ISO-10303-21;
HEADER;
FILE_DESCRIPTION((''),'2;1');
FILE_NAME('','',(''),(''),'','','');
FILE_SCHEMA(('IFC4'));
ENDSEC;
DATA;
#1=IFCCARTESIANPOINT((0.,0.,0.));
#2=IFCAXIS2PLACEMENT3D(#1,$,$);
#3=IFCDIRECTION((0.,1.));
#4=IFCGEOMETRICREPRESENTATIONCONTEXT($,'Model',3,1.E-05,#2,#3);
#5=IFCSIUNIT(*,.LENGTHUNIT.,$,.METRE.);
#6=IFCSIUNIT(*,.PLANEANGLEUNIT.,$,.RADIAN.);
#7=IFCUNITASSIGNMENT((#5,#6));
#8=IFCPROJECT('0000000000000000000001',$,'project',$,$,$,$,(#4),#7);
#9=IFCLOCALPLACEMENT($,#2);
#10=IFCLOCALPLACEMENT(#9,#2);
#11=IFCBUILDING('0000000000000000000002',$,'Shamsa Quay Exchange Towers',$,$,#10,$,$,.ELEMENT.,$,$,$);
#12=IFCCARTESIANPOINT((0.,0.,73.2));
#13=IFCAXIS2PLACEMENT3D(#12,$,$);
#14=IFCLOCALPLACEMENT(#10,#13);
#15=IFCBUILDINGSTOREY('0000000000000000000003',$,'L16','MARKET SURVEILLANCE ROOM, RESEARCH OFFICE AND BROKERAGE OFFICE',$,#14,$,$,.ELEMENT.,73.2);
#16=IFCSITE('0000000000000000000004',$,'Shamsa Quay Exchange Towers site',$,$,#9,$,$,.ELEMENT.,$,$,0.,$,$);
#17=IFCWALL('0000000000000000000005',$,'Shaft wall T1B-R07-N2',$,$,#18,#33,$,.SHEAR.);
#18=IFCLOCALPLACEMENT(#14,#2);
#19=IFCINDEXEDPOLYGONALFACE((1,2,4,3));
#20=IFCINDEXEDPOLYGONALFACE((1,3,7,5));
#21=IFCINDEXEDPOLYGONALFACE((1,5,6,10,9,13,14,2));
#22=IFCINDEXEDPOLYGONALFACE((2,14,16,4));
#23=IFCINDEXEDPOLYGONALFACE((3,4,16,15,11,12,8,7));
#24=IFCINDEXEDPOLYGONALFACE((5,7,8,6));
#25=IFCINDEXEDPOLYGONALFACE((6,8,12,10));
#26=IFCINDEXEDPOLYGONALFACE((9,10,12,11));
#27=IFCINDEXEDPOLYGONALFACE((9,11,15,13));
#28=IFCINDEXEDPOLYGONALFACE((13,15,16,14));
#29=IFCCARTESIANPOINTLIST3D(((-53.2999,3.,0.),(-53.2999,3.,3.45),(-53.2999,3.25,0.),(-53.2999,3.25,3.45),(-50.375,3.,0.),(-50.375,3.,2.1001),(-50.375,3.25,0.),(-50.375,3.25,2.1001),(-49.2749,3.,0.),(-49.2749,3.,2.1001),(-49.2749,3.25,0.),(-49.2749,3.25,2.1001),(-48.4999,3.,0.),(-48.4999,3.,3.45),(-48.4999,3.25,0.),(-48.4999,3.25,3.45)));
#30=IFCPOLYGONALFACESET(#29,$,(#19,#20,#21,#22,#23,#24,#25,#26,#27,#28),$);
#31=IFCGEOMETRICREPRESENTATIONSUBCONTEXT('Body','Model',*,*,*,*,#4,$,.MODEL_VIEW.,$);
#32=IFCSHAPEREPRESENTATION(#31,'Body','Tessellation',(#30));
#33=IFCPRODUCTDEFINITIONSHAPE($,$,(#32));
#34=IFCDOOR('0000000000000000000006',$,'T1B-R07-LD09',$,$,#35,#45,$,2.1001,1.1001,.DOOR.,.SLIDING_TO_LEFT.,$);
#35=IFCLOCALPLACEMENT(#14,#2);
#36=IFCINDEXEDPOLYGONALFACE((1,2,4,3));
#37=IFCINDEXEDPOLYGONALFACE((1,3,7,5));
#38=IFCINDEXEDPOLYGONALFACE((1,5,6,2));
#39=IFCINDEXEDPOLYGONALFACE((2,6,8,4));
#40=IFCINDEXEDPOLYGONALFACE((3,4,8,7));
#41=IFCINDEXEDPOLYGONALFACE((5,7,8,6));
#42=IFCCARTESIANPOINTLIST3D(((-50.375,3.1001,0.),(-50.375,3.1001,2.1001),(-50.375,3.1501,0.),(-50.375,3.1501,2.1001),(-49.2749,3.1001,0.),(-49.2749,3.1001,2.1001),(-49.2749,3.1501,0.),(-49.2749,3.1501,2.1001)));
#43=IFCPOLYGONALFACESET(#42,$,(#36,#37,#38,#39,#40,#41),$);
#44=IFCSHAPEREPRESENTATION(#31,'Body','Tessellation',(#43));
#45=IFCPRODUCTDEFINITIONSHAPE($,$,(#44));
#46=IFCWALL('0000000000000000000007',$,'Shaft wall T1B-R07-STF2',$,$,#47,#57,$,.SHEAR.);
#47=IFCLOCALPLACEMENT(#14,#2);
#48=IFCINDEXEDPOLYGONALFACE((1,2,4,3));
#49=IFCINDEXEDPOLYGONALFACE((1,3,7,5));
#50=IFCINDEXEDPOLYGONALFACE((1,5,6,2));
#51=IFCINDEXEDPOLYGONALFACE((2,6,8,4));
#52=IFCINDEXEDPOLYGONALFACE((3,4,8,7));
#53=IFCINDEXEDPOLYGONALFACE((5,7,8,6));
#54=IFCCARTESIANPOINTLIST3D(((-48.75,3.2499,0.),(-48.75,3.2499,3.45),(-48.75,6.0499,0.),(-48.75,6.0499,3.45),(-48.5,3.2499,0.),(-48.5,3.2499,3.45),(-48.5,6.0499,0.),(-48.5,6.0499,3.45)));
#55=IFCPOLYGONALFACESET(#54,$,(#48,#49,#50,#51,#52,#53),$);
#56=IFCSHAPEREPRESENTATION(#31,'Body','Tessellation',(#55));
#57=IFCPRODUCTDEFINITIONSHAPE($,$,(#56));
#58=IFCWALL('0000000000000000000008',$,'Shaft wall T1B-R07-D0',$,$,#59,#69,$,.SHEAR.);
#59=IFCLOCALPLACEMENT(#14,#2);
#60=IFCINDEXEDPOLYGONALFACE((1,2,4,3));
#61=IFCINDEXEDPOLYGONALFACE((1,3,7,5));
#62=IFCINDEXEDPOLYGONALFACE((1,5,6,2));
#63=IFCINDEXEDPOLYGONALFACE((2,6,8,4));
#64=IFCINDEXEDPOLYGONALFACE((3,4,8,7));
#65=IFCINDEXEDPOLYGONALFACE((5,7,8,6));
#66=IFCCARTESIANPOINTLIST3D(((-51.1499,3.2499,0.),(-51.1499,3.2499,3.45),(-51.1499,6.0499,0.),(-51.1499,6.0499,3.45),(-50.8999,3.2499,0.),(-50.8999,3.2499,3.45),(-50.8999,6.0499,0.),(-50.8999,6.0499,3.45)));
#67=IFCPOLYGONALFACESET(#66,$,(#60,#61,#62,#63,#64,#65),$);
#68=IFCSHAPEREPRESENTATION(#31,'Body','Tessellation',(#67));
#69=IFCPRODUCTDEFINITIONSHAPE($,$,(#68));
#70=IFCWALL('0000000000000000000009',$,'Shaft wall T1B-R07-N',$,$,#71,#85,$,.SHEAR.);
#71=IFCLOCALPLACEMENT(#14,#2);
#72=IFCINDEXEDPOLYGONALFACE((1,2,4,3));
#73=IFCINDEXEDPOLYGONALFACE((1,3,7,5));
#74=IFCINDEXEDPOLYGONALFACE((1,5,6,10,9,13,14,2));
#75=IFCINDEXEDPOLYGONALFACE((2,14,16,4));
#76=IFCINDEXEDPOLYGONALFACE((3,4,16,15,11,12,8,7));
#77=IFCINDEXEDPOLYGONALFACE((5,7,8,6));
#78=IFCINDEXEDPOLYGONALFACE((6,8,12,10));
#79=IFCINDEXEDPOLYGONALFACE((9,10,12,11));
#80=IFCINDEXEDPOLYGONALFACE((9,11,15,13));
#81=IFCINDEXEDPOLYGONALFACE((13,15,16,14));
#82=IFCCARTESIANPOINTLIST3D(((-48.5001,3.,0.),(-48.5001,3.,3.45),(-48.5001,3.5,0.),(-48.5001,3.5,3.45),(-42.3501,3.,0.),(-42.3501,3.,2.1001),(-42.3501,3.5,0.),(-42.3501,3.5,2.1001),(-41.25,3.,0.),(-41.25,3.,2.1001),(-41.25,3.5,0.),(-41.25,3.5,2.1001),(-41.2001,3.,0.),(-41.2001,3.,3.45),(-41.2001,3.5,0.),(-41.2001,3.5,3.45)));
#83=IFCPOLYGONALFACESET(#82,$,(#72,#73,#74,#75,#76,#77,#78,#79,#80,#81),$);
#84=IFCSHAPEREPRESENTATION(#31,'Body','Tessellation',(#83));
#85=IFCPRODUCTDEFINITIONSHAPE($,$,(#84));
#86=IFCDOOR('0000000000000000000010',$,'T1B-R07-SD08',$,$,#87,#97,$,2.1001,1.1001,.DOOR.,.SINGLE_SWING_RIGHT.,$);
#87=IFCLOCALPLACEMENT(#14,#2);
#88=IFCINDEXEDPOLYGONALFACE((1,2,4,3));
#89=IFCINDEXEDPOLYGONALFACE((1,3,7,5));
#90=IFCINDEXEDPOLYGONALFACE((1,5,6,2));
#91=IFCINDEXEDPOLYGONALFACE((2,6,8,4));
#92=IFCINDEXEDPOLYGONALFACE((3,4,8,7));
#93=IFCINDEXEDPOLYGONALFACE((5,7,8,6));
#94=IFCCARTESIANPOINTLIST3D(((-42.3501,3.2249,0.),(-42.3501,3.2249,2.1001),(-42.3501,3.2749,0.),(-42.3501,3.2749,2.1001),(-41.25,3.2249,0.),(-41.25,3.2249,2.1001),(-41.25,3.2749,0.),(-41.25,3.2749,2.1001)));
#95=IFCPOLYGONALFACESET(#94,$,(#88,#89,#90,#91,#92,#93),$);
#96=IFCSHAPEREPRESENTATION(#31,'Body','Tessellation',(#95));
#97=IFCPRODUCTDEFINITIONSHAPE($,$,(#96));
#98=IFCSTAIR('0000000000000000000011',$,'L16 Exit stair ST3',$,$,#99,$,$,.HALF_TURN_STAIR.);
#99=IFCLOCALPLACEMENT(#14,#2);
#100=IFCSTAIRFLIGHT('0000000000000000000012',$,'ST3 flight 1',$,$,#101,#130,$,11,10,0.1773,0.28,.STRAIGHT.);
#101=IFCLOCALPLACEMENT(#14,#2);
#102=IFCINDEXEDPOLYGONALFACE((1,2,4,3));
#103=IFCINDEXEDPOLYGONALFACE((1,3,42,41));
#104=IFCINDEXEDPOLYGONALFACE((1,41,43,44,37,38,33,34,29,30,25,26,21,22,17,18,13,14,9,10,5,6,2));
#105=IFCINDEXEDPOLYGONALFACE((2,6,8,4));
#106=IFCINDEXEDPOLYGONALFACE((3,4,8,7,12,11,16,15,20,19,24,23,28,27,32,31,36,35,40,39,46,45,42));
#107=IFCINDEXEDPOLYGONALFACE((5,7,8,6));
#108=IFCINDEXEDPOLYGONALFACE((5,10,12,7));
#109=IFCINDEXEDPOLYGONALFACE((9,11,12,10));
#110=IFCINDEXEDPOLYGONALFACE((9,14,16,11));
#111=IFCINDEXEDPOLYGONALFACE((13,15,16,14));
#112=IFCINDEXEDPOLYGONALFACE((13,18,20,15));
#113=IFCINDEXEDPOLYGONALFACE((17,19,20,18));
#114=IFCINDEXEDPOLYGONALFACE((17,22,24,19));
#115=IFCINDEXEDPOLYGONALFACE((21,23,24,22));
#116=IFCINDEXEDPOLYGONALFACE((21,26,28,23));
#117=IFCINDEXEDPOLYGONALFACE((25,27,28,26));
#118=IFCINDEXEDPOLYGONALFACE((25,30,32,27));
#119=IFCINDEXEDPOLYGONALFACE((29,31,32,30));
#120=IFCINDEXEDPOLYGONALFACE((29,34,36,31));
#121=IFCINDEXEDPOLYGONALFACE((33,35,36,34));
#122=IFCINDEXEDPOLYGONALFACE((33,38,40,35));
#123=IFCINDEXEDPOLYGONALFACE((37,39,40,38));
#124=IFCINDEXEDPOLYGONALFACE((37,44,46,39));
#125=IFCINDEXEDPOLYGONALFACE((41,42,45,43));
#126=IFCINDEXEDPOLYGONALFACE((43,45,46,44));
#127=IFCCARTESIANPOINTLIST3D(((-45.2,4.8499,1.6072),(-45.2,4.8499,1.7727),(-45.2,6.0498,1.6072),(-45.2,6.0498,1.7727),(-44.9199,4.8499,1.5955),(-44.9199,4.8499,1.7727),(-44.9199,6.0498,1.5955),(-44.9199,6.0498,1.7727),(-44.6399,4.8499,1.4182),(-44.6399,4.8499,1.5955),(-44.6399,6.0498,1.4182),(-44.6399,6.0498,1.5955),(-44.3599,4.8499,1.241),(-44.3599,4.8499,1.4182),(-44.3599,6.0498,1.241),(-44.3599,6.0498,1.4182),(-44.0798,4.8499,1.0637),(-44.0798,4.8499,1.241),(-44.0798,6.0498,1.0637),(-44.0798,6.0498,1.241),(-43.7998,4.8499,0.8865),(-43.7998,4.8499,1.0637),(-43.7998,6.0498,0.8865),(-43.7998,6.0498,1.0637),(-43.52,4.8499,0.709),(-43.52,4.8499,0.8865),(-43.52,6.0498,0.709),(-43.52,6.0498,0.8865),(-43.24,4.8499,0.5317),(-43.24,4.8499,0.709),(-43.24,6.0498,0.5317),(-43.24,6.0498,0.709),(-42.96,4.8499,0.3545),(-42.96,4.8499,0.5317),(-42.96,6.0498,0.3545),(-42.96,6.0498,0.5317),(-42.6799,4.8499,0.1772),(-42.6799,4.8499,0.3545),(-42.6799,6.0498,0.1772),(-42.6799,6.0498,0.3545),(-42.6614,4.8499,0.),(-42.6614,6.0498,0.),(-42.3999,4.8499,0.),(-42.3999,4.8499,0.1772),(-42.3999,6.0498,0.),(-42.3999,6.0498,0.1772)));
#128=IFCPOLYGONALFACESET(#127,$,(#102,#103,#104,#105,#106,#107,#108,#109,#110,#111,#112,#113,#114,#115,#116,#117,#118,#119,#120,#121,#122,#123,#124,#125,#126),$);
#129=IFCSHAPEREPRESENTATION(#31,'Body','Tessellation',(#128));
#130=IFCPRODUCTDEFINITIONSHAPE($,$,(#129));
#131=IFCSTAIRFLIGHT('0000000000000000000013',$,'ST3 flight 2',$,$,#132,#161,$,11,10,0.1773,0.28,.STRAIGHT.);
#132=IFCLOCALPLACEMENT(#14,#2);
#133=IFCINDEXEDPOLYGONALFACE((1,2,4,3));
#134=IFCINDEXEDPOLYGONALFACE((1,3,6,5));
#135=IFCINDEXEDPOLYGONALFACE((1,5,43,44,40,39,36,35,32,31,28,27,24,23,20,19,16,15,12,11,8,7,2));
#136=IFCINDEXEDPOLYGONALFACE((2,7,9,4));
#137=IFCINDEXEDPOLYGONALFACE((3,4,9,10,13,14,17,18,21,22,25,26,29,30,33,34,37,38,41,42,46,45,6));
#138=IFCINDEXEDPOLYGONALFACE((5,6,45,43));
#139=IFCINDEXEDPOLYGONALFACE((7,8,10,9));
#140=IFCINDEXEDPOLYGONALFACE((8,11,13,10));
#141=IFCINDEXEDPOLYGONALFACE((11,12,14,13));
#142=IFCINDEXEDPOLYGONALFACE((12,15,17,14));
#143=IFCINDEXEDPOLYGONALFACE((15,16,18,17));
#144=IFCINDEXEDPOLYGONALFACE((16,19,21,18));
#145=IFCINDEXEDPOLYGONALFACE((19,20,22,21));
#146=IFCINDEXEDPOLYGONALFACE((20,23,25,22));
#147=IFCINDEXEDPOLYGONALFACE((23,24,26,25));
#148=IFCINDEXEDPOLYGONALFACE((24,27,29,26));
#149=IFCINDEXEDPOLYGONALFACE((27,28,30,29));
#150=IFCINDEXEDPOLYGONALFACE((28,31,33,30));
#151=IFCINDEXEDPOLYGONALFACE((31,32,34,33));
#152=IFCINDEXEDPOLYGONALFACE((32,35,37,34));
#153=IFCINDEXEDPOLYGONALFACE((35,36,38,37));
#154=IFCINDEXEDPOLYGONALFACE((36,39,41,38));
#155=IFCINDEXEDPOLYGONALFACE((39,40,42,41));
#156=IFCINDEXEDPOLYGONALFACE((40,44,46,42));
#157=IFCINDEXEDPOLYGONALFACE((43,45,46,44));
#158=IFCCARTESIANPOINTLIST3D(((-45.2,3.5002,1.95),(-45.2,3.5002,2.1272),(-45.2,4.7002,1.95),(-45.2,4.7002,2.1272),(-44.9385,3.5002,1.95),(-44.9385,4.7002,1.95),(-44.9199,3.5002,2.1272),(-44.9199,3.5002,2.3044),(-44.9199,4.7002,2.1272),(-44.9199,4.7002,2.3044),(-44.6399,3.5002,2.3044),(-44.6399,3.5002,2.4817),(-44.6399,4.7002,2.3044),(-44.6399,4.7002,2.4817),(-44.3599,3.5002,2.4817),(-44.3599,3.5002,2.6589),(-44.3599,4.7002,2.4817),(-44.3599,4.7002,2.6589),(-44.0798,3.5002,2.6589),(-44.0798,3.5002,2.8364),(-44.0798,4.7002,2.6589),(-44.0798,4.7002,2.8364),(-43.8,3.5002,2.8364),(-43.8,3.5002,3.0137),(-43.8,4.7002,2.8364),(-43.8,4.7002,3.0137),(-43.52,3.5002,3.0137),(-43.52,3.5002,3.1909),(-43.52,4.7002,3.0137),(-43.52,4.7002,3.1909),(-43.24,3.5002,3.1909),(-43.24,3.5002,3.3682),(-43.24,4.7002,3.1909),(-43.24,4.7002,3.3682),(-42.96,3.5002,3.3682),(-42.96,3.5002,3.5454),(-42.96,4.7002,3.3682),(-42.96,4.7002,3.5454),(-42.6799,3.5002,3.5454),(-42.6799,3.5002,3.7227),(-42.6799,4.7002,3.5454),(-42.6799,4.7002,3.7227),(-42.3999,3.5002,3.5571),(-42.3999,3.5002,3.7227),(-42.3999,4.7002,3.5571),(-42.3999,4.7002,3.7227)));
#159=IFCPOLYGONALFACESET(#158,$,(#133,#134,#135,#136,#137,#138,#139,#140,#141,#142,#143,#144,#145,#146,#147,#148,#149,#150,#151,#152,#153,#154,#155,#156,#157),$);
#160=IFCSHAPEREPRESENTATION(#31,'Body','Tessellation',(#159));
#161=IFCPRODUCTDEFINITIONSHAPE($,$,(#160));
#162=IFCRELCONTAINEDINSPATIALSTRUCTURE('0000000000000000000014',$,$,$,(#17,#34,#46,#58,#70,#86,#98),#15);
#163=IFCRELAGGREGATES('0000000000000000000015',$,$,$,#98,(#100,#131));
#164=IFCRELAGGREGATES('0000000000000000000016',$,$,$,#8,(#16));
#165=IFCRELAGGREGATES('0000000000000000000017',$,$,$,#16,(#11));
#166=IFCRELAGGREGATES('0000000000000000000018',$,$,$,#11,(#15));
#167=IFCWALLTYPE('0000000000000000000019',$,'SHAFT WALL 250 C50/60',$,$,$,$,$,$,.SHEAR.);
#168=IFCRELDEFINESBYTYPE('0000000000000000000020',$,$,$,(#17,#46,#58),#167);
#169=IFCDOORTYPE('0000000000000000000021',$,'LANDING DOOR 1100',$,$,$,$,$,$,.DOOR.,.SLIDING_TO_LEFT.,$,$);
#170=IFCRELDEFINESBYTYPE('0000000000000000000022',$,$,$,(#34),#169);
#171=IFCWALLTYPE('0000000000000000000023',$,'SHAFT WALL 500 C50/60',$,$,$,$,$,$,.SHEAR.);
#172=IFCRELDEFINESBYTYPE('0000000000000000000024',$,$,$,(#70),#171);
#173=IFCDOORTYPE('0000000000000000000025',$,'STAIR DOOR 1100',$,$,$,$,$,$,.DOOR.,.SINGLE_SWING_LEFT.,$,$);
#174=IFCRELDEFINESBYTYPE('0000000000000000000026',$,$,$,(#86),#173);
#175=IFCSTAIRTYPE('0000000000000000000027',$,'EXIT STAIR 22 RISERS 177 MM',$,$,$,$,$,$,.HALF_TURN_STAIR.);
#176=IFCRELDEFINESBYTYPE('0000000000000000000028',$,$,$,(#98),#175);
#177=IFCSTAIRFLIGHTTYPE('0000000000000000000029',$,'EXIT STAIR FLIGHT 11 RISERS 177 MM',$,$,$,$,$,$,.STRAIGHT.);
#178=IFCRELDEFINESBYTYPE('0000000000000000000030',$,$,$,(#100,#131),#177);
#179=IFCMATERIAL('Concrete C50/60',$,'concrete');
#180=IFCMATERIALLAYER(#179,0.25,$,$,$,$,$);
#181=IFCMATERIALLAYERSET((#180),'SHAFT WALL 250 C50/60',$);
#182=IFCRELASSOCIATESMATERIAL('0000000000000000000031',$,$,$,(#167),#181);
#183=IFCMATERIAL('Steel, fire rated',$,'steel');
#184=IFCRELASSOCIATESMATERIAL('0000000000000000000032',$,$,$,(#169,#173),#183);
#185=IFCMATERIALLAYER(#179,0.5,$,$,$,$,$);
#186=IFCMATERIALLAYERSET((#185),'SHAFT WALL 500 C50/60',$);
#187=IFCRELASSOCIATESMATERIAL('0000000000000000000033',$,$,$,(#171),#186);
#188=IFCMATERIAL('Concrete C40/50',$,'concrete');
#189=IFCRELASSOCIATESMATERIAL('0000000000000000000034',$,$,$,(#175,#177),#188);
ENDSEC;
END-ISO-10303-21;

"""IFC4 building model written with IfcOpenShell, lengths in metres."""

from ifc_helpers import new_model, si_unit, direction, frame, frame_2d, origin, place, context, subcontext, project, spatial, polyline, rectangle, outline, extrude, material, layer, layer_set, type_object, element, fill, aggregate, save


model = new_model("IFC4")

# Units and contexts
model_context = context("Model", 3, precision=1e-05, world=origin(), true_north=direction((0.0, 1.0)))
body_context = subcontext(model_context, "Body", "Model", "MODEL_VIEW")
ifc_project = project(units=[si_unit("LENGTHUNIT", "METRE"), si_unit("PLANEANGLEUNIT", "RADIAN")], contexts=[model_context])

# Site, building, storey
site_placement = place(None, origin())
site = spatial("IfcSite", under=ifc_project, at=site_placement, Name="Shamsa Quay Exchange Towers site", CompositionType="ELEMENT", RefElevation=0.0)
building_placement = place(site_placement, origin())
building = spatial("IfcBuilding", under=site, at=building_placement, Name="Shamsa Quay Exchange Towers", CompositionType="ELEMENT")
storey_placement = place(building_placement, frame((0.0, 0.0, 73.2)))
storey = spatial("IfcBuildingStorey", under=building, at=storey_placement, Name="L16", Description="MARKET SURVEILLANCE ROOM, RESEARCH OFFICE AND BROKERAGE OFFICE", CompositionType="ELEMENT", Elevation=73.2)

# Wall, opening, door
ifc_material_1 = material(Name="Concrete C50/60", Category="concrete")
ifc_layer_1 = layer(ifc_material_1, 0.25)
ifc_layer_set_1 = layer_set([ifc_layer_1], Name="SHAFT WALL 250 C50/60")
wall_type_1 = type_object("IfcWallType", Name="SHAFT WALL 250 C50/60", PredefinedType="SHEAR", material=ifc_layer_set_1)
wall_1_placement = place(storey_placement, frame((-48.5, 3.125, 0.0), z_axis=(0.0, 0.0, 1.0), x_axis=(-1.0, 0.0, 0.0)))
wall_1 = element("IfcWall", 1, at=wall_1_placement, inside=storey, type_object=wall_type_1, Name="Shaft wall T1B-R07-N2", PredefinedType="SHEAR", context=body_context, shape_type="SweptSolid", body=[
    extrude(rectangle(XDim=4.8, YDim=0.25, at=frame_2d((2.3999, 0.0))), origin(), (0.0, 0.0, 1.0), 3.45),
])
opening_1_placement = place(wall_1_placement, frame((0.7749, 0.0, 0.0)))
opening_1 = element("IfcOpeningElement", 2, at=opening_1_placement, cuts=wall_1, PredefinedType="OPENING", context=body_context, shape_type="SweptSolid", body=[
    extrude(rectangle(XDim=1.1001, YDim=2.1001, at=frame_2d((0.55, 1.05))), frame((0.0, 0.135, 0.0), z_axis=(0.0, -1.0, 0.0), x_axis=(1.0, 0.0, 0.0)), (0.0, 0.0, 1.0), 0.27),
])
ifc_material_2 = material(Name="Steel, fire rated", Category="steel")
door_type_1 = type_object("IfcDoorType", Name="LANDING DOOR 1100", OperationType="SLIDING_TO_LEFT", PredefinedType="DOOR", material=ifc_material_2)
door_1_placement = place(opening_1_placement, origin())
door_1 = element("IfcDoor", 3, at=door_1_placement, inside=storey, type_object=door_type_1, Name="T1B-R07-LD09", OperationType="SLIDING_TO_LEFT", OverallHeight=2.1001, OverallWidth=1.1001, PredefinedType="DOOR", context=body_context, shape_type="SweptSolid", body=[
    extrude(rectangle(XDim=1.1001, YDim=2.1001, at=frame_2d((0.55, 1.05))), frame((0.0, 0.0249, 0.0), z_axis=(0.0, -1.0, 0.0), x_axis=(1.0, 0.0, 0.0)), (0.0, 0.0, 1.0), 0.05),
])
fill(opening_1, door_1)

# Walls
for number, where, z_axis, x_axis, name in (
    (4, (-48.625, 3.25, 0.0), (0.0, 0.0, 1.0), (0.0, 1.0, 0.0), "Shaft wall T1B-R07-STF2"),
    (5, (-51.0249, 3.25, 0.0), (0.0, 0.0, 1.0), (0.0, 1.0, 0.0), "Shaft wall T1B-R07-D0"),
):
    element("IfcWall", number, at=place(storey_placement, frame(where, z_axis=z_axis, x_axis=x_axis)), inside=storey, type_object=wall_type_1, Name=name, PredefinedType="SHEAR", context=body_context, shape_type="SweptSolid", body=[
        extrude(rectangle(XDim=2.8, YDim=0.25, at=frame_2d((1.3999, 0.0))), origin(), (0.0, 0.0, 1.0), 3.45),
    ])

# Wall, opening, door
ifc_layer_2 = layer(ifc_material_1, 0.5)
ifc_layer_set_2 = layer_set([ifc_layer_2], Name="SHAFT WALL 500 C50/60")
wall_type_2 = type_object("IfcWallType", Name="SHAFT WALL 500 C50/60", PredefinedType="SHEAR", material=ifc_layer_set_2)
wall_2_placement = place(storey_placement, frame((-48.5, 3.25, 0.0)))
wall_2 = element("IfcWall", 6, at=wall_2_placement, inside=storey, type_object=wall_type_2, Name="Shaft wall T1B-R07-N", PredefinedType="SHEAR", context=body_context, shape_type="SweptSolid", body=[
    extrude(rectangle(XDim=7.3, YDim=0.5, at=frame_2d((3.6499, 0.0))), origin(), (0.0, 0.0, 1.0), 3.45),
])
opening_2_placement = place(wall_2_placement, frame((6.1499, 0.0, 0.0)))
opening_2 = element("IfcOpeningElement", 7, at=opening_2_placement, cuts=wall_2, PredefinedType="OPENING", context=body_context, shape_type="SweptSolid", body=[
    extrude(rectangle(XDim=1.1001, YDim=2.1001, at=frame_2d((0.55, 1.05))), frame((0.0, 0.26, 0.0), z_axis=(0.0, -1.0, 0.0), x_axis=(1.0, 0.0, 0.0)), (0.0, 0.0, 1.0), 0.52),
])
door_type_2 = type_object("IfcDoorType", Name="STAIR DOOR 1100", OperationType="SINGLE_SWING_LEFT", PredefinedType="DOOR", material=ifc_material_2)
door_2_placement = place(opening_2_placement, origin())
door_2 = element("IfcDoor", 8, at=door_2_placement, inside=storey, type_object=door_type_2, Name="T1B-R07-SD08", OperationType="SINGLE_SWING_RIGHT", OverallHeight=2.1001, OverallWidth=1.1001, PredefinedType="DOOR", context=body_context, shape_type="SweptSolid", body=[
    extrude(rectangle(XDim=1.1001, YDim=2.1001, at=frame_2d((0.55, 1.05))), frame((0.0, 0.0249, 0.0), z_axis=(0.0, -1.0, 0.0), x_axis=(1.0, 0.0, 0.0)), (0.0, 0.0, 1.0), 0.05),
])
fill(opening_2, door_2)

# Stair, stair flights
ifc_material_3 = material(Name="Concrete C40/50", Category="concrete")
stair_type = type_object("IfcStairType", Name="EXIT STAIR 22 RISERS 177 MM", PredefinedType="HALF_TURN_STAIR", material=ifc_material_3)
stair_placement = place(storey_placement, origin())
stair = element("IfcStair", 9, at=stair_placement, inside=storey, type_object=stair_type, Name="L16 Exit stair ST3", PredefinedType="HALF_TURN_STAIR")
stair_flight_type = type_object("IfcStairFlightType", Name="EXIT STAIR FLIGHT 11 RISERS 177 MM", PredefinedType="STRAIGHT", material=ifc_material_3)
stair_flight_1_placement = place(storey_placement, frame((-42.3999, 5.45, 0.0), z_axis=(0.0, 0.0, 1.0), x_axis=(-1.0, 0.0, 0.0)))
stair_flight_1 = element("IfcStairFlight", 10, at=stair_flight_1_placement, type_object=stair_flight_type, Name="ST3 flight 1", NumberOfRisers=11, NumberOfTreads=10, PredefinedType="STRAIGHT", RiserHeight=0.1773, TreadLength=0.28, context=body_context, shape_type="SweptSolid", body=[
    extrude(outline(polyline([(0.0, 0.0), (0.0, 0.1772), (0.28, 0.1772), (0.28, 0.3545), (0.5601, 0.3545), (0.5601, 0.5317), (0.8401, 0.5317), (0.8401, 0.709), (1.1201, 0.709), (1.1201, 0.8865), (1.3999, 0.8865), (1.3999, 1.0637), (1.6799, 1.0637), (1.6799, 1.241), (1.96, 1.241), (1.96, 1.4182), (2.24, 1.4182), (2.24, 1.5955), (2.52, 1.5955), (2.52, 1.7727), (2.8, 1.7727), (2.8, 1.95), (2.8, 1.6072), (0.2615, 0.0), (0.0, 0.0)])), frame((0.0, 0.6001, 0.0), z_axis=(0.0, -1.0, 0.0), x_axis=(1.0, 0.0, 0.0)), (0.0, 0.0, 1.0), 1.2),
])
stair_flight_2_placement = place(storey_placement, frame((-45.2, 4.1001, 1.95)))
stair_flight_2 = element("IfcStairFlight", 11, at=stair_flight_2_placement, type_object=stair_flight_type, Name="ST3 flight 2", NumberOfRisers=11, NumberOfTreads=10, PredefinedType="STRAIGHT", RiserHeight=0.1773, TreadLength=0.28, context=body_context, shape_type="SweptSolid", body=[
    extrude(outline(polyline([(0.0, 0.0), (0.0, 0.1772), (0.28, 0.1772), (0.28, 0.3545), (0.5601, 0.3545), (0.5601, 0.5317), (0.8401, 0.5317), (0.8401, 0.709), (1.1201, 0.709), (1.1201, 0.8865), (1.3999, 0.8865), (1.3999, 1.0637), (1.6799, 1.0637), (1.6799, 1.241), (1.96, 1.241), (1.96, 1.4182), (2.24, 1.4182), (2.24, 1.5955), (2.52, 1.5955), (2.52, 1.7727), (2.8, 1.7727), (2.8, 1.95), (2.8, 1.6072), (0.2615, 0.0), (0.0, 0.0)])), frame((0.0, 0.6001, 0.0), z_axis=(0.0, -1.0, 0.0), x_axis=(1.0, 0.0, 0.0)), (0.0, 0.0, 1.0), 1.2),
])
aggregate(stair, [stair_flight_1, stair_flight_2])

save(model, "model.ifc")
